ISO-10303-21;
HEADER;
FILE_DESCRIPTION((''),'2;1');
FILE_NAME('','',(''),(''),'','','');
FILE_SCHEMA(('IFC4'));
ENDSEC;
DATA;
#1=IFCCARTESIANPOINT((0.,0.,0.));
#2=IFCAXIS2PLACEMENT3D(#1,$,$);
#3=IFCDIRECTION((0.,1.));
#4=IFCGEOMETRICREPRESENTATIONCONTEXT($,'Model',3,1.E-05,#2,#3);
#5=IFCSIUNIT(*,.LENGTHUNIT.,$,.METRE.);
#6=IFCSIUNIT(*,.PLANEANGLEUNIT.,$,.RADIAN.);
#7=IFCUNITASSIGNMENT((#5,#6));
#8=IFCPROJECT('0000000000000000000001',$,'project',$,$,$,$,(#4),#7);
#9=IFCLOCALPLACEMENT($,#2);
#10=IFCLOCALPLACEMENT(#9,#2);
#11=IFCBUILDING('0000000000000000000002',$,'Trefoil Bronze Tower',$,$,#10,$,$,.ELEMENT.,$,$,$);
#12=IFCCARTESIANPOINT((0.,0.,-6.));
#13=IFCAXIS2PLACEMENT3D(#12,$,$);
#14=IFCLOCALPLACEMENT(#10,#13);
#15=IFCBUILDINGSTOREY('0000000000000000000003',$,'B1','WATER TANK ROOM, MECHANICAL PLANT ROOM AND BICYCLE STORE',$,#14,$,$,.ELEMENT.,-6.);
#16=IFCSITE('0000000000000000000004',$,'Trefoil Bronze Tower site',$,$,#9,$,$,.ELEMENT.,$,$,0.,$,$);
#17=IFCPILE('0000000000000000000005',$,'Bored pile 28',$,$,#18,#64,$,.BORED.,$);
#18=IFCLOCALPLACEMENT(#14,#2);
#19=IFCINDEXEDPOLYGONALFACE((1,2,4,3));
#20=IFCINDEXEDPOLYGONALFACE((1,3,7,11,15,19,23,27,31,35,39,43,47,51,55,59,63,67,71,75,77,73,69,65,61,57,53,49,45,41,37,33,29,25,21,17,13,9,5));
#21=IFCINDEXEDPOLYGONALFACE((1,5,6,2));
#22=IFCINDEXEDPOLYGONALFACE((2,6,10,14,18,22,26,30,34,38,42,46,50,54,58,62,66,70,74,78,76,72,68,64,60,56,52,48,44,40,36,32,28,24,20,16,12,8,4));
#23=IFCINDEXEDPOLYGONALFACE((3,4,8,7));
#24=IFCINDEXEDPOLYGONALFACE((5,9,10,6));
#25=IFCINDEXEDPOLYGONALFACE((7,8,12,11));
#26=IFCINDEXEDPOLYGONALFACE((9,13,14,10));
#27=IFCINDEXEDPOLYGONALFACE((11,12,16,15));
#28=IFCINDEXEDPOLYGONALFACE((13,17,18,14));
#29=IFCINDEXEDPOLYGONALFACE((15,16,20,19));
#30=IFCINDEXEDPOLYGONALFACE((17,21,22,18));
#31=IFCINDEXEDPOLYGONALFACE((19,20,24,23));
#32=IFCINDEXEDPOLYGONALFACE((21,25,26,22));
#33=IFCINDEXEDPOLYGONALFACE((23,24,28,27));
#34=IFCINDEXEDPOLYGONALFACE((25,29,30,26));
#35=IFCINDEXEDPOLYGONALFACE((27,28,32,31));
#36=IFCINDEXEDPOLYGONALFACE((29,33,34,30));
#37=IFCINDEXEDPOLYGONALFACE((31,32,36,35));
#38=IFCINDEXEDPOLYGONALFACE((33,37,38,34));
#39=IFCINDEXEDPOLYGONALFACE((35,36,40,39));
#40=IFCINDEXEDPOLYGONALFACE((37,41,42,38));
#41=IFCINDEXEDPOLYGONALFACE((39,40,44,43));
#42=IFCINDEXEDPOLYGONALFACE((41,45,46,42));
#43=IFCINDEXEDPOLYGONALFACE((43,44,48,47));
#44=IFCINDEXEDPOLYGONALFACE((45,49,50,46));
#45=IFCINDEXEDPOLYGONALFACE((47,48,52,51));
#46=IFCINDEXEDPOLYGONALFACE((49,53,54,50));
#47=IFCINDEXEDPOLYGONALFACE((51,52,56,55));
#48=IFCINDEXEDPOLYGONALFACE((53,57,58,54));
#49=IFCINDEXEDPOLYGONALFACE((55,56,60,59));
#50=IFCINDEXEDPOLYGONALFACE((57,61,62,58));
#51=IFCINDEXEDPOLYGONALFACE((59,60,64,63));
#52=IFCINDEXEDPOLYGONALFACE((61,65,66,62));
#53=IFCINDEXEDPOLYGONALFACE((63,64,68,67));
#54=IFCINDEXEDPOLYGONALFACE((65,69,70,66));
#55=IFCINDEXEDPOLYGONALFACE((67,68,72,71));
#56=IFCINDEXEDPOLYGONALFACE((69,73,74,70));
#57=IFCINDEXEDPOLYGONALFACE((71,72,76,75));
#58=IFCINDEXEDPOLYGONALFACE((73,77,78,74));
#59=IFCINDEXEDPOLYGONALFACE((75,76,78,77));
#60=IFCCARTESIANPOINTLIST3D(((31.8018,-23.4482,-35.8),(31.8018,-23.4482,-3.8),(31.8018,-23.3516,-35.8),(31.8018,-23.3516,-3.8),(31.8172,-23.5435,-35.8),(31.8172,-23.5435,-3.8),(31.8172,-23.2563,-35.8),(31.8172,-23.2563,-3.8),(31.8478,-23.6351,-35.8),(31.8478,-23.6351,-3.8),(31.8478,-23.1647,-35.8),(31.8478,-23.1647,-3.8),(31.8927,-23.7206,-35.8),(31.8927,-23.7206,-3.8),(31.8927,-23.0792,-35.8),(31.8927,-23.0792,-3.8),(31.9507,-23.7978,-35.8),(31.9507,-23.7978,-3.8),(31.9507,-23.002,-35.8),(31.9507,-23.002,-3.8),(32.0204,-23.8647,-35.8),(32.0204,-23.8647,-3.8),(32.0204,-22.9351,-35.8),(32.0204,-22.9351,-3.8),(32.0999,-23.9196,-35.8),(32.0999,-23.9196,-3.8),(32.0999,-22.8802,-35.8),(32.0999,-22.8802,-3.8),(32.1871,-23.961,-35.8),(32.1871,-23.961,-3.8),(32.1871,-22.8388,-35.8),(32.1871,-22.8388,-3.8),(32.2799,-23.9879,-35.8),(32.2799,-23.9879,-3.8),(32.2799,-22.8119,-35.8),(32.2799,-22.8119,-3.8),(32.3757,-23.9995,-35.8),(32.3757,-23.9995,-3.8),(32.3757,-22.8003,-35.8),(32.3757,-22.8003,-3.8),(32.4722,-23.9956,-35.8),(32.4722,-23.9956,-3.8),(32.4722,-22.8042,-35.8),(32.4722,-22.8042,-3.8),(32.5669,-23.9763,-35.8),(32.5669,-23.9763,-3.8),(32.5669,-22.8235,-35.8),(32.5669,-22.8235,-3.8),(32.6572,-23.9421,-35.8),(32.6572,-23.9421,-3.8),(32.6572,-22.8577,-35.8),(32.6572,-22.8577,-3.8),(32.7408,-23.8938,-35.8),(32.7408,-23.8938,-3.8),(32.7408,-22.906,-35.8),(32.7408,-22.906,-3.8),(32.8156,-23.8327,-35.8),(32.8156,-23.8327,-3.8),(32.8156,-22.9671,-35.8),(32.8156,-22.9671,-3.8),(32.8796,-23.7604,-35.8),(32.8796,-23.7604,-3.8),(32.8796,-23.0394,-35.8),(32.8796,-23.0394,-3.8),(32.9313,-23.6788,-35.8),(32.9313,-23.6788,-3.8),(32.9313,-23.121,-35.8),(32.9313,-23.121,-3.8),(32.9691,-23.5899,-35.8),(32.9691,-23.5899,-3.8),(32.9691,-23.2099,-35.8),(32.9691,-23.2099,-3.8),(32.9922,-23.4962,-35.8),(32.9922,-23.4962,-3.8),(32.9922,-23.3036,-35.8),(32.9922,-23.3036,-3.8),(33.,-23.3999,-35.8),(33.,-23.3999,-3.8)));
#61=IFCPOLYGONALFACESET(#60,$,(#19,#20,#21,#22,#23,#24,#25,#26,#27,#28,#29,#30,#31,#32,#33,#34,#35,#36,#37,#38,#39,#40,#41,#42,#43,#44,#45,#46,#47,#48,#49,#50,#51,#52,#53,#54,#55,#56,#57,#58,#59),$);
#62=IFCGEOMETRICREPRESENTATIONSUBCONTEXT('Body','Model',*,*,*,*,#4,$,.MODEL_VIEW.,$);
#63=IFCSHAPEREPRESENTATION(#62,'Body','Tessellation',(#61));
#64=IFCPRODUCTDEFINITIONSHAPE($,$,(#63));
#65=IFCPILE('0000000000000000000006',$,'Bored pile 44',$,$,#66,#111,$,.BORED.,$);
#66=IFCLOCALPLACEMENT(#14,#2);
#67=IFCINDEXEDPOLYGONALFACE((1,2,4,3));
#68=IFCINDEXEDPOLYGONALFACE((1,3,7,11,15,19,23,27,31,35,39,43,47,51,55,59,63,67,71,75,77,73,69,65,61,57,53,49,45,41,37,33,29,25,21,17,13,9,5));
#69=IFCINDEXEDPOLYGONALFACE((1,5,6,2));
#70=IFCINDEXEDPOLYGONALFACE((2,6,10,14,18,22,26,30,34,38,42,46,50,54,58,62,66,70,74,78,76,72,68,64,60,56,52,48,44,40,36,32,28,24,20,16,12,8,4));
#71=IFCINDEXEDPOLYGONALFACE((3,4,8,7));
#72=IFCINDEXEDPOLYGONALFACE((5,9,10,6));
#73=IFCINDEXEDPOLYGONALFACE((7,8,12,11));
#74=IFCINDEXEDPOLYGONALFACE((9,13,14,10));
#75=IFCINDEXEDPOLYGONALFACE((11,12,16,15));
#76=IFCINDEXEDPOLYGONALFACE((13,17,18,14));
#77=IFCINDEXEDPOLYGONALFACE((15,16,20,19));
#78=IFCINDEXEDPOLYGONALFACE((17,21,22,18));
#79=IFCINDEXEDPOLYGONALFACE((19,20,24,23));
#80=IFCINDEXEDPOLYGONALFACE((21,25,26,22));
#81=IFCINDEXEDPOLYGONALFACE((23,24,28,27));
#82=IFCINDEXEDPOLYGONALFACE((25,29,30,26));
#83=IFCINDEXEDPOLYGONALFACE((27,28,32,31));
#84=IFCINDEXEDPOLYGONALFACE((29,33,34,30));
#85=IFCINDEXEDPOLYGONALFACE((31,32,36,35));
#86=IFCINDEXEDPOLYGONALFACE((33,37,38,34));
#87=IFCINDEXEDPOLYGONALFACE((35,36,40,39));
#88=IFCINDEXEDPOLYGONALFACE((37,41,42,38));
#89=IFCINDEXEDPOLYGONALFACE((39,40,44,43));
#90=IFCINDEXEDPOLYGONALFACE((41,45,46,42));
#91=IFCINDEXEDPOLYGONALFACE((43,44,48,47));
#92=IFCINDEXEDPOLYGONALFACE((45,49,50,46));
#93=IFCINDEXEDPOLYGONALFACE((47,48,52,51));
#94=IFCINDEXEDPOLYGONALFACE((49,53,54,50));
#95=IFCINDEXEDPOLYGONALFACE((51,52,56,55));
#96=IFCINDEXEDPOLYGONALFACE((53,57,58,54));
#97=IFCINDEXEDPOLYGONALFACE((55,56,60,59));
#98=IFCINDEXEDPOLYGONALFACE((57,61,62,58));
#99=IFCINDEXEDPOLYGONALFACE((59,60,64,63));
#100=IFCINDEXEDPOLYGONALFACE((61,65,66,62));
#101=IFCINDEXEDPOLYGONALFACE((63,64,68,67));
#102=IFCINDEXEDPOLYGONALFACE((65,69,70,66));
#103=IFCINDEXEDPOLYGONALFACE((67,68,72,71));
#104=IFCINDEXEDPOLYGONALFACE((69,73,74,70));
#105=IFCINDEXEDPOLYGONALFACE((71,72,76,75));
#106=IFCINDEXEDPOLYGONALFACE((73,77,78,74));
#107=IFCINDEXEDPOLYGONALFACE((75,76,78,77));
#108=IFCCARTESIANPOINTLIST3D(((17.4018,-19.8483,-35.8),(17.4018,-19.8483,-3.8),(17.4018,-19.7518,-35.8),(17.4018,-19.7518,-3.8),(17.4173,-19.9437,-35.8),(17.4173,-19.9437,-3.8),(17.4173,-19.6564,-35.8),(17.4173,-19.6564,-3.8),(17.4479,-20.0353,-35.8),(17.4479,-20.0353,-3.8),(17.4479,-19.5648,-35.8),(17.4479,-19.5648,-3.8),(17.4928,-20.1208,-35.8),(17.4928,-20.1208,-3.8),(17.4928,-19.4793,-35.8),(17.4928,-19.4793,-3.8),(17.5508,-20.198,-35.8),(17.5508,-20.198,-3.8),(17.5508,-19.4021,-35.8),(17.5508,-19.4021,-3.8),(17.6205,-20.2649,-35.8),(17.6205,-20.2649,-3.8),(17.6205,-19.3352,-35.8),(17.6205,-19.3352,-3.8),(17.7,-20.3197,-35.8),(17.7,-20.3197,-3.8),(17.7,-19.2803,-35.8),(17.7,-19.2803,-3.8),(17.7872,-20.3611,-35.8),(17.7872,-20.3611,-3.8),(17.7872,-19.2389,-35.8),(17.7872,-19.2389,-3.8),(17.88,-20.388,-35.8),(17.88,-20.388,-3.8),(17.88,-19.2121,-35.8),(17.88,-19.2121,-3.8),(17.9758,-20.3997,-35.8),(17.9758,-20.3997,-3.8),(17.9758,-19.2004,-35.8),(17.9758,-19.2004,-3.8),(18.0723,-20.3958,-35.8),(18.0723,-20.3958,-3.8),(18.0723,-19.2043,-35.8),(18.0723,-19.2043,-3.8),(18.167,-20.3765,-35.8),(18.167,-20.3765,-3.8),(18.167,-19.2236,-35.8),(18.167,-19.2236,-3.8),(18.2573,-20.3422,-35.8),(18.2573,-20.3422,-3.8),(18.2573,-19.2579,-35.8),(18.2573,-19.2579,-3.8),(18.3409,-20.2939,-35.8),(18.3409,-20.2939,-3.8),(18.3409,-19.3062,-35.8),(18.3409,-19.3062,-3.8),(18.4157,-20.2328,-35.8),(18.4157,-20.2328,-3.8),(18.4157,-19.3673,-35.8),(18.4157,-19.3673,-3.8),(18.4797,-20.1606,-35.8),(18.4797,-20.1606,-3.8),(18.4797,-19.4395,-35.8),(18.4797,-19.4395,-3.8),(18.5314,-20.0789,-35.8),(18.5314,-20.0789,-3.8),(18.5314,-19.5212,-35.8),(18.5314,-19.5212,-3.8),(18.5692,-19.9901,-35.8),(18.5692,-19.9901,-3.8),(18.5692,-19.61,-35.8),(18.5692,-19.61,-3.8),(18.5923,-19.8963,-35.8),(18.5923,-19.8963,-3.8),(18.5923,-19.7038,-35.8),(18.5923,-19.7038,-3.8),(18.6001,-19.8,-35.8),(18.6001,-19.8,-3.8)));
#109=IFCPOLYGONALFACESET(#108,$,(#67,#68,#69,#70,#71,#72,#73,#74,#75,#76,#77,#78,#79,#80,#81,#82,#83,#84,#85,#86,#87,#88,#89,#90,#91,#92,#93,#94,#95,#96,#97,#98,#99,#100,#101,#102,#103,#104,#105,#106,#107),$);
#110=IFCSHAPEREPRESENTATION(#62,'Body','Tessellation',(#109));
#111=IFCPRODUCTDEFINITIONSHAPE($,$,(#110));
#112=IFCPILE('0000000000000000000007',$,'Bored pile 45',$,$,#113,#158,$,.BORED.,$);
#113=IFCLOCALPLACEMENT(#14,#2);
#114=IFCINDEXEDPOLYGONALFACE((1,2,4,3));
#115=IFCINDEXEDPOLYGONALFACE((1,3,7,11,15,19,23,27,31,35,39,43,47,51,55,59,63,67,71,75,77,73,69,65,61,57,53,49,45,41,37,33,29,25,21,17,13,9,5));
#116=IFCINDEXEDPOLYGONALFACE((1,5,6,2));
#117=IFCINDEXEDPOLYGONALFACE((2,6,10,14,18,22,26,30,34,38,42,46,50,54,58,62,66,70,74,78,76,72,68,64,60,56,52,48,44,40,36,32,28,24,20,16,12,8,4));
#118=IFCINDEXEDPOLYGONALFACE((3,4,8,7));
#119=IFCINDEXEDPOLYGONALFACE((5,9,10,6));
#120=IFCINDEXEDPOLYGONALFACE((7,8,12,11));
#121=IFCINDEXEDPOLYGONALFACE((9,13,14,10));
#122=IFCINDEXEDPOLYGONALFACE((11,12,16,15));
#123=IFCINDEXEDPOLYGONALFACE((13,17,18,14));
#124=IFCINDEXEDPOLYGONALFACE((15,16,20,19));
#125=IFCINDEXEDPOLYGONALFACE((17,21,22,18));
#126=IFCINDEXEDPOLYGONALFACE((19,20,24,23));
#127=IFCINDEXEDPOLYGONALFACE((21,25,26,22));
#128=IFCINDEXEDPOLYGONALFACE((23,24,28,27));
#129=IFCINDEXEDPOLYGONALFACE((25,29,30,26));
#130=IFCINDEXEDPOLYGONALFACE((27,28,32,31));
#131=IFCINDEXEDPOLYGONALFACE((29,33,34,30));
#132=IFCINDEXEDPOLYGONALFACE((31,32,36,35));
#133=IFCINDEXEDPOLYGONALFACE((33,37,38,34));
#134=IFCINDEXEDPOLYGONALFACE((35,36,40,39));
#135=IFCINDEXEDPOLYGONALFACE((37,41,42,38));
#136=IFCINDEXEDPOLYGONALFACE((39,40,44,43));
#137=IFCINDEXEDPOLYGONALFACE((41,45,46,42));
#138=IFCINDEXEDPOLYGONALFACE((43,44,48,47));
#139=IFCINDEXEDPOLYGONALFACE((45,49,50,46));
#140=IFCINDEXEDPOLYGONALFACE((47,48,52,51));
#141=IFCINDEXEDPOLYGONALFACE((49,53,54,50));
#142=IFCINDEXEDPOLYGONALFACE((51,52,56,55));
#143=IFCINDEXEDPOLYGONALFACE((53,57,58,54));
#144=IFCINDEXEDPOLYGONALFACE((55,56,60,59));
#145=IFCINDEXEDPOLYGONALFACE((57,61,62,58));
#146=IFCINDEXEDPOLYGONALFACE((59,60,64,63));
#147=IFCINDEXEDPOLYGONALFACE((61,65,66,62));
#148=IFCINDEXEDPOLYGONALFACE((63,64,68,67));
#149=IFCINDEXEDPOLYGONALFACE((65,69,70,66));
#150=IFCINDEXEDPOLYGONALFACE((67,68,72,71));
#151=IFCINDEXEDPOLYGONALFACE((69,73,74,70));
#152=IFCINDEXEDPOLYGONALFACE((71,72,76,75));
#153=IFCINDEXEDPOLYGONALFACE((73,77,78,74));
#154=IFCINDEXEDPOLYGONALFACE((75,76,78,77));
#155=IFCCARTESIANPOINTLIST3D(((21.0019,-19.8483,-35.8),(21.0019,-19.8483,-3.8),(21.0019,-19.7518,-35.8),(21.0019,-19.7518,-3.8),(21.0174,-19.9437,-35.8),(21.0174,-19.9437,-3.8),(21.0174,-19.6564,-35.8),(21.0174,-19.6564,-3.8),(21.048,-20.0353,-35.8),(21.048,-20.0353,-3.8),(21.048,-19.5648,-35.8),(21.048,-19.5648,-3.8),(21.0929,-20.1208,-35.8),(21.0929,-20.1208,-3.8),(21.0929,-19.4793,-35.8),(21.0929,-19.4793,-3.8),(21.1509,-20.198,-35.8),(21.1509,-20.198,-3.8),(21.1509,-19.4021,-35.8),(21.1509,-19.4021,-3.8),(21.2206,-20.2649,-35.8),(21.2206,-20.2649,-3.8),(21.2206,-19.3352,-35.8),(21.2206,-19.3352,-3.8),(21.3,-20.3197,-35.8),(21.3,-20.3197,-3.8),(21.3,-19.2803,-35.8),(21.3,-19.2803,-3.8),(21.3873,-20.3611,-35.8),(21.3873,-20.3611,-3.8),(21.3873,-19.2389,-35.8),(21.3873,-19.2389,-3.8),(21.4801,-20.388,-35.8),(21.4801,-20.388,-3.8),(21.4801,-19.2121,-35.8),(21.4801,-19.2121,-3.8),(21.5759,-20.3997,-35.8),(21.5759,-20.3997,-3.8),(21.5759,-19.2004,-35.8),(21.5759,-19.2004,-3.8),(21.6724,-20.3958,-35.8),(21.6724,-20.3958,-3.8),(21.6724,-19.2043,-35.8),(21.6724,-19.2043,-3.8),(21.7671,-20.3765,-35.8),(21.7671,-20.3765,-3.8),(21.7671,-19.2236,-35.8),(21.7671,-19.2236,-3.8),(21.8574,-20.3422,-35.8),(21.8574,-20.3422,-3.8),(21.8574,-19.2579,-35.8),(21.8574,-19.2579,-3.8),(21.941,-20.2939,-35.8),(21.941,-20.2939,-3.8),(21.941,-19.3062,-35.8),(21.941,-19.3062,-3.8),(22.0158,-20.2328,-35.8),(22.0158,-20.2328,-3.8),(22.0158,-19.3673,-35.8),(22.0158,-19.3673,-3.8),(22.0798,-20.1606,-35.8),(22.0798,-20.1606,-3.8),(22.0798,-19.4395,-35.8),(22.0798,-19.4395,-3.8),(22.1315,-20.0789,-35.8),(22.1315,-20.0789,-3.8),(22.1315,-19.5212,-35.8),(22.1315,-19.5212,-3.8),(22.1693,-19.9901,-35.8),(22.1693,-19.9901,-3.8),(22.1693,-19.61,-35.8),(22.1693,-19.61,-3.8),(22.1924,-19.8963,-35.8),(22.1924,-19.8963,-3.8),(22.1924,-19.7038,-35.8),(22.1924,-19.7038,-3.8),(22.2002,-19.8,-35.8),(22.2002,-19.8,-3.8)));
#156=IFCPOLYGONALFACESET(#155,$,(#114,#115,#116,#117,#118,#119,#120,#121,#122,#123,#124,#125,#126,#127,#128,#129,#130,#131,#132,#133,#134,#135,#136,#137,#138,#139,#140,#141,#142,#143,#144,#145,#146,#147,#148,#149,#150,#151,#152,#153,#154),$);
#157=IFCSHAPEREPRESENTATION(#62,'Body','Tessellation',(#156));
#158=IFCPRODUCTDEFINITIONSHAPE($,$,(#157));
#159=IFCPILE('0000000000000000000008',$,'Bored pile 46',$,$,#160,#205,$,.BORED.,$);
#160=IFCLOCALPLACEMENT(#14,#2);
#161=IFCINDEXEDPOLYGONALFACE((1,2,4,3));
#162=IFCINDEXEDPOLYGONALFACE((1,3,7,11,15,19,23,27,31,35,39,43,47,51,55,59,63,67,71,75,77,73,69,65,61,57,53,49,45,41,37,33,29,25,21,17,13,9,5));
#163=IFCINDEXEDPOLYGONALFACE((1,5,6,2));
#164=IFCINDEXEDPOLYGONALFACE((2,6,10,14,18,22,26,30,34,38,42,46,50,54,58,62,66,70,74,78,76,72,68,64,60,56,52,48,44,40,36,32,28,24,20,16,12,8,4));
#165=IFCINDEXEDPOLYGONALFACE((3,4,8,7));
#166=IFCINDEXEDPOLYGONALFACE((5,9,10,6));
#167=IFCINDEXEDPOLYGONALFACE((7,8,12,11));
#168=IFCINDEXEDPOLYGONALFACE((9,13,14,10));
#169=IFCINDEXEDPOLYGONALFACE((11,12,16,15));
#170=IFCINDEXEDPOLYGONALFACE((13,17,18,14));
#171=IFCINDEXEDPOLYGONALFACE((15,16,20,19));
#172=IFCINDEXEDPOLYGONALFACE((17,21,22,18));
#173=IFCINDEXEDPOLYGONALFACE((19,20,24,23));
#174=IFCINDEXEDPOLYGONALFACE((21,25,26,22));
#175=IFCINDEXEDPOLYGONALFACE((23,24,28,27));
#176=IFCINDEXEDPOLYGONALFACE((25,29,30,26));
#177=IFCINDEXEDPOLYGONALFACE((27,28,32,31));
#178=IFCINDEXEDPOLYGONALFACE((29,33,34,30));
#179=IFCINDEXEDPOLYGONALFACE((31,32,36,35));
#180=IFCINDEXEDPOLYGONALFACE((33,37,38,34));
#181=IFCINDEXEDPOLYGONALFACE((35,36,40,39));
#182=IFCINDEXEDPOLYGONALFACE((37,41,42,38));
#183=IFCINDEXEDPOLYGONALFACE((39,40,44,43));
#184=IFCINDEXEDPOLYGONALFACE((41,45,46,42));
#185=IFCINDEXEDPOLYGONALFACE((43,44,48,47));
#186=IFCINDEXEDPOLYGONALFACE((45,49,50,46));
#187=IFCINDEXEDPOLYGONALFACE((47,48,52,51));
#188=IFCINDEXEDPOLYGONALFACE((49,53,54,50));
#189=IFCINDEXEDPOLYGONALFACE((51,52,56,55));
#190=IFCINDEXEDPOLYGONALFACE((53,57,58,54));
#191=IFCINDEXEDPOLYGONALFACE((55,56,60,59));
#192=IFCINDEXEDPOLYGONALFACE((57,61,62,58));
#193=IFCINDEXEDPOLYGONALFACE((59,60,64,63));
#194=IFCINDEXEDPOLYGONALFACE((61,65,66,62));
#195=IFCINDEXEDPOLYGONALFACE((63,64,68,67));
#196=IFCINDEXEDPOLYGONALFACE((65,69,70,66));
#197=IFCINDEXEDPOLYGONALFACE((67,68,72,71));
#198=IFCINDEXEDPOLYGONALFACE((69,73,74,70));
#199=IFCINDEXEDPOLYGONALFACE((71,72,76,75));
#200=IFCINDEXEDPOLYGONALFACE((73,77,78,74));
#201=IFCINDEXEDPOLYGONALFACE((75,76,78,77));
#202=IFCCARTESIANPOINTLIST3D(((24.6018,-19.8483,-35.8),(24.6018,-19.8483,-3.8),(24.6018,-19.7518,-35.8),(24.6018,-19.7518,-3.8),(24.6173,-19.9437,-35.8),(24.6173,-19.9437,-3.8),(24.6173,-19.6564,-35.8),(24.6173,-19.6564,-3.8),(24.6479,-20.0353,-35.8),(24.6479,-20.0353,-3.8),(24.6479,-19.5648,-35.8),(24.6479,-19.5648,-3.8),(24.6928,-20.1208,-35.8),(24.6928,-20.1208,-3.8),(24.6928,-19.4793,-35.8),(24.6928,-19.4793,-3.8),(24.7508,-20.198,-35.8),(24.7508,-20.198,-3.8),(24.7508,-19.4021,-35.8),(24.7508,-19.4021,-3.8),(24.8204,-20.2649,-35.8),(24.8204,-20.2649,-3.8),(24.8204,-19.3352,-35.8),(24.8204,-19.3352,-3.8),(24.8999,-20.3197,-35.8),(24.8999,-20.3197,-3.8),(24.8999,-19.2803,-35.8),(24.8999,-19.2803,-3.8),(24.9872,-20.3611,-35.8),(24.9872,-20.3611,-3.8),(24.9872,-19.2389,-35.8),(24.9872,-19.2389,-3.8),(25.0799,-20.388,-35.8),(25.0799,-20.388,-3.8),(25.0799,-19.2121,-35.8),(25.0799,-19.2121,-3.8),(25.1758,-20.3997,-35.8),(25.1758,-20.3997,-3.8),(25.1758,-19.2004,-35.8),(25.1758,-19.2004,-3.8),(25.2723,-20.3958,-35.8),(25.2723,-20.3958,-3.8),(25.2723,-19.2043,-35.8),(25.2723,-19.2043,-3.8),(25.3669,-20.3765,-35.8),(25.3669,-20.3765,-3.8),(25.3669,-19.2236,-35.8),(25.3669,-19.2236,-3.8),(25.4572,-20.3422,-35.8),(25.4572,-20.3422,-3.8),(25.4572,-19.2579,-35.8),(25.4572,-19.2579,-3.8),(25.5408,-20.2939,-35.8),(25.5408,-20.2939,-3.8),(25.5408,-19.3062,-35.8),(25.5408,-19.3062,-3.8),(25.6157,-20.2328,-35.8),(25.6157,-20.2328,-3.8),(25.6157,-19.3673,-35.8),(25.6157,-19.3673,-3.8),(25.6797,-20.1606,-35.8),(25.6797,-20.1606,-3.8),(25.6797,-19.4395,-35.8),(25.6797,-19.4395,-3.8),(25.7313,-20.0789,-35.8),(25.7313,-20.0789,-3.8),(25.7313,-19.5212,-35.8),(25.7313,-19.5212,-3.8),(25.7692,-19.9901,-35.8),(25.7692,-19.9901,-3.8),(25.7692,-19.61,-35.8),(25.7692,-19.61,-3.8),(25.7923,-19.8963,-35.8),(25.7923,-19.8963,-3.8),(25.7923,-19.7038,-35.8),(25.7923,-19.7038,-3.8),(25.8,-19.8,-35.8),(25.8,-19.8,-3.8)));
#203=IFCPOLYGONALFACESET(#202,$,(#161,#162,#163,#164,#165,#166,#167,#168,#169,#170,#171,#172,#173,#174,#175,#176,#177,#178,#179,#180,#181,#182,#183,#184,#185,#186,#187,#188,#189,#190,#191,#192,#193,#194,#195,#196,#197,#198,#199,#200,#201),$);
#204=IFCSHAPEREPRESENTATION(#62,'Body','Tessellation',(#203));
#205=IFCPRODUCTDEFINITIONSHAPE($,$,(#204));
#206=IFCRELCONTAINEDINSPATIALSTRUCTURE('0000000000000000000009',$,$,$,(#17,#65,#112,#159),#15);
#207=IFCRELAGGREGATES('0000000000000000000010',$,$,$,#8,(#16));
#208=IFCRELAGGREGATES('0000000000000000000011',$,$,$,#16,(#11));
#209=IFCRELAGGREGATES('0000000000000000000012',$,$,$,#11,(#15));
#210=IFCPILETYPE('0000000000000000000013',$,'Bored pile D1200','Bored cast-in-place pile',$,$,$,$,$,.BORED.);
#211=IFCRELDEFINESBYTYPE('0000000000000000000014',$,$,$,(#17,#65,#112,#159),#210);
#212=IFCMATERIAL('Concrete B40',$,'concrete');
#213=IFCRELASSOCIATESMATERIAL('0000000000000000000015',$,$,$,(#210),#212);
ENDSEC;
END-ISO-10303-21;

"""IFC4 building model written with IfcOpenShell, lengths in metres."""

from ifc_helpers import new_model, si_unit, direction, frame, origin, origin_2d, place, context, subcontext, project, spatial, circle, extrude, material, type_object, element, save


model = new_model("IFC4")

# Units and contexts
model_context = context("Model", 3, precision=1e-05, world=origin(), true_north=direction((0.0, 1.0)))
body_context = subcontext(model_context, "Body", "Model", "MODEL_VIEW")
ifc_project = project(units=[si_unit("LENGTHUNIT", "METRE"), si_unit("PLANEANGLEUNIT", "RADIAN")], contexts=[model_context])

# Site, building, storey
site_placement = place(None, origin())
site = spatial("IfcSite", under=ifc_project, at=site_placement, Name="Trefoil Bronze Tower site", CompositionType="ELEMENT", RefElevation=0.0)
building_placement = place(site_placement, origin())
building = spatial("IfcBuilding", under=site, at=building_placement, Name="Trefoil Bronze Tower", CompositionType="ELEMENT")
storey_placement = place(building_placement, frame((0.0, 0.0, -6.0)))
storey = spatial("IfcBuildingStorey", under=building, at=storey_placement, Name="B1", Description="WATER TANK ROOM, MECHANICAL PLANT ROOM AND BICYCLE STORE", CompositionType="ELEMENT", Elevation=-6.0)

# Piles
ifc_material_1 = material(Name="Concrete B40", Category="concrete")
pile_type = type_object("IfcPileType", Name="Bored pile D1200", Description="Bored cast-in-place pile", PredefinedType="BORED", material=ifc_material_1)
for number, where, z_axis, x_axis, name in (
    (1, (32.3999, -23.3999, -3.8), (0.0, 0.0, -1.0), (1.0, 0.0, 0.0), "Bored pile 28"),
    (2, (18.0, -19.8, -3.8), (0.0, 0.0, -1.0), (1.0, 0.0, 0.0), "Bored pile 44"),
    (3, (21.6001, -19.8, -3.8), (0.0, 0.0, -1.0), (1.0, 0.0, 0.0), "Bored pile 45"),
    (4, (25.2, -19.8, -3.8), (0.0, 0.0, -1.0), (1.0, 0.0, 0.0), "Bored pile 46"),
):
    element("IfcPile", number, at=place(storey_placement, frame(where, z_axis=z_axis, x_axis=x_axis)), inside=storey, type_object=pile_type, Name=name, PredefinedType="BORED", context=body_context, shape_type="SweptSolid", body=[
        extrude(circle(Radius=0.6001, at=origin_2d()), origin(), (0.0, 0.0, 1.0), 32.0),
    ])

save(model, "model.ifc")
